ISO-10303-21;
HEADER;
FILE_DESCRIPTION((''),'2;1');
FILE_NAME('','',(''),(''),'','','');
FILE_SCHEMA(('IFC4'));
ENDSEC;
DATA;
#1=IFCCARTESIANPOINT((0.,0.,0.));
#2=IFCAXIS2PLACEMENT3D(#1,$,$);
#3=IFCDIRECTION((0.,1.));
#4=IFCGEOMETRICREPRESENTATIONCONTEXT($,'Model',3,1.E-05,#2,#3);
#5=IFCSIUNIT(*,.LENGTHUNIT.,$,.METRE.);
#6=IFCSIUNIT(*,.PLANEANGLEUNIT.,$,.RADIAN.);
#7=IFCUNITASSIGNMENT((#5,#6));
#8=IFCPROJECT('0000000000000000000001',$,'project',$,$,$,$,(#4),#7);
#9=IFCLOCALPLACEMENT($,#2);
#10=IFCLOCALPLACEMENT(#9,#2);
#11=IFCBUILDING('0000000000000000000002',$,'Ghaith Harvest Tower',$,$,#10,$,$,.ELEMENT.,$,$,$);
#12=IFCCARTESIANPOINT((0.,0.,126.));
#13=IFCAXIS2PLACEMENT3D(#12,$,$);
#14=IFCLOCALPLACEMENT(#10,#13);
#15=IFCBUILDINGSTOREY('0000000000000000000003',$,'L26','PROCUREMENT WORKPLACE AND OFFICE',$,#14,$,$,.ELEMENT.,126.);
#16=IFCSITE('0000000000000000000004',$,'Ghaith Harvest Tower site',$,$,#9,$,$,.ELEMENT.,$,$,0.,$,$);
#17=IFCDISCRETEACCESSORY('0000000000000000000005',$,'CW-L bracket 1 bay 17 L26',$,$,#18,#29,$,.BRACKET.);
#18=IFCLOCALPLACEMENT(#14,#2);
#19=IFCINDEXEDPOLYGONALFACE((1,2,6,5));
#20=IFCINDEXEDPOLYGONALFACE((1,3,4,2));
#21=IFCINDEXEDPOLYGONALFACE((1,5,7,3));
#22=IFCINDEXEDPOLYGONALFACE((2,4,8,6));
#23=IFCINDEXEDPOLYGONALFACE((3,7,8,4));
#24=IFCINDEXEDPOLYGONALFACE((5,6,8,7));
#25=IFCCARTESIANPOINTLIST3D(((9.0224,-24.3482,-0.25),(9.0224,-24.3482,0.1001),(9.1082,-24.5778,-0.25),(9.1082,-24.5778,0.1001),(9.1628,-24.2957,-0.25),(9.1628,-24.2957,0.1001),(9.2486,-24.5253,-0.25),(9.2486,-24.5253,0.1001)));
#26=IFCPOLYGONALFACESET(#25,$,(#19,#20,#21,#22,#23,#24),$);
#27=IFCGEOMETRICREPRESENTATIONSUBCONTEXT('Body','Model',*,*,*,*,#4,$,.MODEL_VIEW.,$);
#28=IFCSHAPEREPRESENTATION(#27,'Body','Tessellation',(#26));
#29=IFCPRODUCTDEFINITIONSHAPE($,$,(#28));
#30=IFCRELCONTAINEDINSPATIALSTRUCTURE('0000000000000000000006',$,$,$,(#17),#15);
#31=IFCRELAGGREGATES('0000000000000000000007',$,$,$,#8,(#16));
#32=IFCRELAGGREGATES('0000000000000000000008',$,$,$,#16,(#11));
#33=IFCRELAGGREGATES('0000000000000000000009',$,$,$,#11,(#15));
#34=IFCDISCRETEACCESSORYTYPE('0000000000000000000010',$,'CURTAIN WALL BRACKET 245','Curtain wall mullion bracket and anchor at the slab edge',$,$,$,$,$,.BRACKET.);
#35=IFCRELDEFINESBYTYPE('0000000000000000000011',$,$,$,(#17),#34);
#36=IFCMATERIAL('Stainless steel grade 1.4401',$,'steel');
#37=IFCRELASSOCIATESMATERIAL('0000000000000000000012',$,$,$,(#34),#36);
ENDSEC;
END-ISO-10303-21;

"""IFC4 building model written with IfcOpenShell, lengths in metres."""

from ifc_helpers import new_model, si_unit, direction, frame, origin, origin_2d, place, context, subcontext, project, spatial, rectangle, extrude, material, type_object, element, save


model = new_model("IFC4")

# Units and contexts
model_context = context("Model", 3, precision=1e-05, world=origin(), true_north=direction((0.0, 1.0)))
body_context = subcontext(model_context, "Body", "Model", "MODEL_VIEW")
ifc_project = project(units=[si_unit("LENGTHUNIT", "METRE"), si_unit("PLANEANGLEUNIT", "RADIAN")], contexts=[model_context])

# Site, building, storey
site_placement = place(None, origin())
site = spatial("IfcSite", under=ifc_project, at=site_placement, Name="Ghaith Harvest Tower site", CompositionType="ELEMENT", RefElevation=0.0)
building_placement = place(site_placement, origin())
building = spatial("IfcBuilding", under=site, at=building_placement, Name="Ghaith Harvest Tower", CompositionType="ELEMENT")
storey_placement = place(building_placement, frame((0.0, 0.0, 126.0)))
storey = spatial("IfcBuildingStorey", under=building, at=storey_placement, Name="L26", Description="PROCUREMENT WORKPLACE AND OFFICE", CompositionType="ELEMENT", Elevation=126.0)

# Discrete accessory
ifc_material_1 = material(Name="Stainless steel grade 1.4401", Category="steel")
discrete_accessory_type = type_object("IfcDiscreteAccessoryType", Name="CURTAIN WALL BRACKET 245", Description="Curtain wall mullion bracket and anchor at the slab edge", PredefinedType="BRACKET", material=ifc_material_1)
discrete_accessory_placement = place(storey_placement, frame((9.1355, -24.4368, -0.25), z_axis=(0.0, 0.0, 1.0), x_axis=(0.350168, -0.936687, 0.0)))
element("IfcDiscreteAccessory", 1, at=discrete_accessory_placement, inside=storey, type_object=discrete_accessory_type, Name="CW-L bracket 1 bay 17 L26", PredefinedType="BRACKET", context=body_context, shape_type="SweptSolid", body=[
    extrude(rectangle(XDim=0.2451, YDim=0.1499, at=origin_2d()), origin(), (0.0, 0.0, 1.0), 0.3501),
])

save(model, "model.ifc")
